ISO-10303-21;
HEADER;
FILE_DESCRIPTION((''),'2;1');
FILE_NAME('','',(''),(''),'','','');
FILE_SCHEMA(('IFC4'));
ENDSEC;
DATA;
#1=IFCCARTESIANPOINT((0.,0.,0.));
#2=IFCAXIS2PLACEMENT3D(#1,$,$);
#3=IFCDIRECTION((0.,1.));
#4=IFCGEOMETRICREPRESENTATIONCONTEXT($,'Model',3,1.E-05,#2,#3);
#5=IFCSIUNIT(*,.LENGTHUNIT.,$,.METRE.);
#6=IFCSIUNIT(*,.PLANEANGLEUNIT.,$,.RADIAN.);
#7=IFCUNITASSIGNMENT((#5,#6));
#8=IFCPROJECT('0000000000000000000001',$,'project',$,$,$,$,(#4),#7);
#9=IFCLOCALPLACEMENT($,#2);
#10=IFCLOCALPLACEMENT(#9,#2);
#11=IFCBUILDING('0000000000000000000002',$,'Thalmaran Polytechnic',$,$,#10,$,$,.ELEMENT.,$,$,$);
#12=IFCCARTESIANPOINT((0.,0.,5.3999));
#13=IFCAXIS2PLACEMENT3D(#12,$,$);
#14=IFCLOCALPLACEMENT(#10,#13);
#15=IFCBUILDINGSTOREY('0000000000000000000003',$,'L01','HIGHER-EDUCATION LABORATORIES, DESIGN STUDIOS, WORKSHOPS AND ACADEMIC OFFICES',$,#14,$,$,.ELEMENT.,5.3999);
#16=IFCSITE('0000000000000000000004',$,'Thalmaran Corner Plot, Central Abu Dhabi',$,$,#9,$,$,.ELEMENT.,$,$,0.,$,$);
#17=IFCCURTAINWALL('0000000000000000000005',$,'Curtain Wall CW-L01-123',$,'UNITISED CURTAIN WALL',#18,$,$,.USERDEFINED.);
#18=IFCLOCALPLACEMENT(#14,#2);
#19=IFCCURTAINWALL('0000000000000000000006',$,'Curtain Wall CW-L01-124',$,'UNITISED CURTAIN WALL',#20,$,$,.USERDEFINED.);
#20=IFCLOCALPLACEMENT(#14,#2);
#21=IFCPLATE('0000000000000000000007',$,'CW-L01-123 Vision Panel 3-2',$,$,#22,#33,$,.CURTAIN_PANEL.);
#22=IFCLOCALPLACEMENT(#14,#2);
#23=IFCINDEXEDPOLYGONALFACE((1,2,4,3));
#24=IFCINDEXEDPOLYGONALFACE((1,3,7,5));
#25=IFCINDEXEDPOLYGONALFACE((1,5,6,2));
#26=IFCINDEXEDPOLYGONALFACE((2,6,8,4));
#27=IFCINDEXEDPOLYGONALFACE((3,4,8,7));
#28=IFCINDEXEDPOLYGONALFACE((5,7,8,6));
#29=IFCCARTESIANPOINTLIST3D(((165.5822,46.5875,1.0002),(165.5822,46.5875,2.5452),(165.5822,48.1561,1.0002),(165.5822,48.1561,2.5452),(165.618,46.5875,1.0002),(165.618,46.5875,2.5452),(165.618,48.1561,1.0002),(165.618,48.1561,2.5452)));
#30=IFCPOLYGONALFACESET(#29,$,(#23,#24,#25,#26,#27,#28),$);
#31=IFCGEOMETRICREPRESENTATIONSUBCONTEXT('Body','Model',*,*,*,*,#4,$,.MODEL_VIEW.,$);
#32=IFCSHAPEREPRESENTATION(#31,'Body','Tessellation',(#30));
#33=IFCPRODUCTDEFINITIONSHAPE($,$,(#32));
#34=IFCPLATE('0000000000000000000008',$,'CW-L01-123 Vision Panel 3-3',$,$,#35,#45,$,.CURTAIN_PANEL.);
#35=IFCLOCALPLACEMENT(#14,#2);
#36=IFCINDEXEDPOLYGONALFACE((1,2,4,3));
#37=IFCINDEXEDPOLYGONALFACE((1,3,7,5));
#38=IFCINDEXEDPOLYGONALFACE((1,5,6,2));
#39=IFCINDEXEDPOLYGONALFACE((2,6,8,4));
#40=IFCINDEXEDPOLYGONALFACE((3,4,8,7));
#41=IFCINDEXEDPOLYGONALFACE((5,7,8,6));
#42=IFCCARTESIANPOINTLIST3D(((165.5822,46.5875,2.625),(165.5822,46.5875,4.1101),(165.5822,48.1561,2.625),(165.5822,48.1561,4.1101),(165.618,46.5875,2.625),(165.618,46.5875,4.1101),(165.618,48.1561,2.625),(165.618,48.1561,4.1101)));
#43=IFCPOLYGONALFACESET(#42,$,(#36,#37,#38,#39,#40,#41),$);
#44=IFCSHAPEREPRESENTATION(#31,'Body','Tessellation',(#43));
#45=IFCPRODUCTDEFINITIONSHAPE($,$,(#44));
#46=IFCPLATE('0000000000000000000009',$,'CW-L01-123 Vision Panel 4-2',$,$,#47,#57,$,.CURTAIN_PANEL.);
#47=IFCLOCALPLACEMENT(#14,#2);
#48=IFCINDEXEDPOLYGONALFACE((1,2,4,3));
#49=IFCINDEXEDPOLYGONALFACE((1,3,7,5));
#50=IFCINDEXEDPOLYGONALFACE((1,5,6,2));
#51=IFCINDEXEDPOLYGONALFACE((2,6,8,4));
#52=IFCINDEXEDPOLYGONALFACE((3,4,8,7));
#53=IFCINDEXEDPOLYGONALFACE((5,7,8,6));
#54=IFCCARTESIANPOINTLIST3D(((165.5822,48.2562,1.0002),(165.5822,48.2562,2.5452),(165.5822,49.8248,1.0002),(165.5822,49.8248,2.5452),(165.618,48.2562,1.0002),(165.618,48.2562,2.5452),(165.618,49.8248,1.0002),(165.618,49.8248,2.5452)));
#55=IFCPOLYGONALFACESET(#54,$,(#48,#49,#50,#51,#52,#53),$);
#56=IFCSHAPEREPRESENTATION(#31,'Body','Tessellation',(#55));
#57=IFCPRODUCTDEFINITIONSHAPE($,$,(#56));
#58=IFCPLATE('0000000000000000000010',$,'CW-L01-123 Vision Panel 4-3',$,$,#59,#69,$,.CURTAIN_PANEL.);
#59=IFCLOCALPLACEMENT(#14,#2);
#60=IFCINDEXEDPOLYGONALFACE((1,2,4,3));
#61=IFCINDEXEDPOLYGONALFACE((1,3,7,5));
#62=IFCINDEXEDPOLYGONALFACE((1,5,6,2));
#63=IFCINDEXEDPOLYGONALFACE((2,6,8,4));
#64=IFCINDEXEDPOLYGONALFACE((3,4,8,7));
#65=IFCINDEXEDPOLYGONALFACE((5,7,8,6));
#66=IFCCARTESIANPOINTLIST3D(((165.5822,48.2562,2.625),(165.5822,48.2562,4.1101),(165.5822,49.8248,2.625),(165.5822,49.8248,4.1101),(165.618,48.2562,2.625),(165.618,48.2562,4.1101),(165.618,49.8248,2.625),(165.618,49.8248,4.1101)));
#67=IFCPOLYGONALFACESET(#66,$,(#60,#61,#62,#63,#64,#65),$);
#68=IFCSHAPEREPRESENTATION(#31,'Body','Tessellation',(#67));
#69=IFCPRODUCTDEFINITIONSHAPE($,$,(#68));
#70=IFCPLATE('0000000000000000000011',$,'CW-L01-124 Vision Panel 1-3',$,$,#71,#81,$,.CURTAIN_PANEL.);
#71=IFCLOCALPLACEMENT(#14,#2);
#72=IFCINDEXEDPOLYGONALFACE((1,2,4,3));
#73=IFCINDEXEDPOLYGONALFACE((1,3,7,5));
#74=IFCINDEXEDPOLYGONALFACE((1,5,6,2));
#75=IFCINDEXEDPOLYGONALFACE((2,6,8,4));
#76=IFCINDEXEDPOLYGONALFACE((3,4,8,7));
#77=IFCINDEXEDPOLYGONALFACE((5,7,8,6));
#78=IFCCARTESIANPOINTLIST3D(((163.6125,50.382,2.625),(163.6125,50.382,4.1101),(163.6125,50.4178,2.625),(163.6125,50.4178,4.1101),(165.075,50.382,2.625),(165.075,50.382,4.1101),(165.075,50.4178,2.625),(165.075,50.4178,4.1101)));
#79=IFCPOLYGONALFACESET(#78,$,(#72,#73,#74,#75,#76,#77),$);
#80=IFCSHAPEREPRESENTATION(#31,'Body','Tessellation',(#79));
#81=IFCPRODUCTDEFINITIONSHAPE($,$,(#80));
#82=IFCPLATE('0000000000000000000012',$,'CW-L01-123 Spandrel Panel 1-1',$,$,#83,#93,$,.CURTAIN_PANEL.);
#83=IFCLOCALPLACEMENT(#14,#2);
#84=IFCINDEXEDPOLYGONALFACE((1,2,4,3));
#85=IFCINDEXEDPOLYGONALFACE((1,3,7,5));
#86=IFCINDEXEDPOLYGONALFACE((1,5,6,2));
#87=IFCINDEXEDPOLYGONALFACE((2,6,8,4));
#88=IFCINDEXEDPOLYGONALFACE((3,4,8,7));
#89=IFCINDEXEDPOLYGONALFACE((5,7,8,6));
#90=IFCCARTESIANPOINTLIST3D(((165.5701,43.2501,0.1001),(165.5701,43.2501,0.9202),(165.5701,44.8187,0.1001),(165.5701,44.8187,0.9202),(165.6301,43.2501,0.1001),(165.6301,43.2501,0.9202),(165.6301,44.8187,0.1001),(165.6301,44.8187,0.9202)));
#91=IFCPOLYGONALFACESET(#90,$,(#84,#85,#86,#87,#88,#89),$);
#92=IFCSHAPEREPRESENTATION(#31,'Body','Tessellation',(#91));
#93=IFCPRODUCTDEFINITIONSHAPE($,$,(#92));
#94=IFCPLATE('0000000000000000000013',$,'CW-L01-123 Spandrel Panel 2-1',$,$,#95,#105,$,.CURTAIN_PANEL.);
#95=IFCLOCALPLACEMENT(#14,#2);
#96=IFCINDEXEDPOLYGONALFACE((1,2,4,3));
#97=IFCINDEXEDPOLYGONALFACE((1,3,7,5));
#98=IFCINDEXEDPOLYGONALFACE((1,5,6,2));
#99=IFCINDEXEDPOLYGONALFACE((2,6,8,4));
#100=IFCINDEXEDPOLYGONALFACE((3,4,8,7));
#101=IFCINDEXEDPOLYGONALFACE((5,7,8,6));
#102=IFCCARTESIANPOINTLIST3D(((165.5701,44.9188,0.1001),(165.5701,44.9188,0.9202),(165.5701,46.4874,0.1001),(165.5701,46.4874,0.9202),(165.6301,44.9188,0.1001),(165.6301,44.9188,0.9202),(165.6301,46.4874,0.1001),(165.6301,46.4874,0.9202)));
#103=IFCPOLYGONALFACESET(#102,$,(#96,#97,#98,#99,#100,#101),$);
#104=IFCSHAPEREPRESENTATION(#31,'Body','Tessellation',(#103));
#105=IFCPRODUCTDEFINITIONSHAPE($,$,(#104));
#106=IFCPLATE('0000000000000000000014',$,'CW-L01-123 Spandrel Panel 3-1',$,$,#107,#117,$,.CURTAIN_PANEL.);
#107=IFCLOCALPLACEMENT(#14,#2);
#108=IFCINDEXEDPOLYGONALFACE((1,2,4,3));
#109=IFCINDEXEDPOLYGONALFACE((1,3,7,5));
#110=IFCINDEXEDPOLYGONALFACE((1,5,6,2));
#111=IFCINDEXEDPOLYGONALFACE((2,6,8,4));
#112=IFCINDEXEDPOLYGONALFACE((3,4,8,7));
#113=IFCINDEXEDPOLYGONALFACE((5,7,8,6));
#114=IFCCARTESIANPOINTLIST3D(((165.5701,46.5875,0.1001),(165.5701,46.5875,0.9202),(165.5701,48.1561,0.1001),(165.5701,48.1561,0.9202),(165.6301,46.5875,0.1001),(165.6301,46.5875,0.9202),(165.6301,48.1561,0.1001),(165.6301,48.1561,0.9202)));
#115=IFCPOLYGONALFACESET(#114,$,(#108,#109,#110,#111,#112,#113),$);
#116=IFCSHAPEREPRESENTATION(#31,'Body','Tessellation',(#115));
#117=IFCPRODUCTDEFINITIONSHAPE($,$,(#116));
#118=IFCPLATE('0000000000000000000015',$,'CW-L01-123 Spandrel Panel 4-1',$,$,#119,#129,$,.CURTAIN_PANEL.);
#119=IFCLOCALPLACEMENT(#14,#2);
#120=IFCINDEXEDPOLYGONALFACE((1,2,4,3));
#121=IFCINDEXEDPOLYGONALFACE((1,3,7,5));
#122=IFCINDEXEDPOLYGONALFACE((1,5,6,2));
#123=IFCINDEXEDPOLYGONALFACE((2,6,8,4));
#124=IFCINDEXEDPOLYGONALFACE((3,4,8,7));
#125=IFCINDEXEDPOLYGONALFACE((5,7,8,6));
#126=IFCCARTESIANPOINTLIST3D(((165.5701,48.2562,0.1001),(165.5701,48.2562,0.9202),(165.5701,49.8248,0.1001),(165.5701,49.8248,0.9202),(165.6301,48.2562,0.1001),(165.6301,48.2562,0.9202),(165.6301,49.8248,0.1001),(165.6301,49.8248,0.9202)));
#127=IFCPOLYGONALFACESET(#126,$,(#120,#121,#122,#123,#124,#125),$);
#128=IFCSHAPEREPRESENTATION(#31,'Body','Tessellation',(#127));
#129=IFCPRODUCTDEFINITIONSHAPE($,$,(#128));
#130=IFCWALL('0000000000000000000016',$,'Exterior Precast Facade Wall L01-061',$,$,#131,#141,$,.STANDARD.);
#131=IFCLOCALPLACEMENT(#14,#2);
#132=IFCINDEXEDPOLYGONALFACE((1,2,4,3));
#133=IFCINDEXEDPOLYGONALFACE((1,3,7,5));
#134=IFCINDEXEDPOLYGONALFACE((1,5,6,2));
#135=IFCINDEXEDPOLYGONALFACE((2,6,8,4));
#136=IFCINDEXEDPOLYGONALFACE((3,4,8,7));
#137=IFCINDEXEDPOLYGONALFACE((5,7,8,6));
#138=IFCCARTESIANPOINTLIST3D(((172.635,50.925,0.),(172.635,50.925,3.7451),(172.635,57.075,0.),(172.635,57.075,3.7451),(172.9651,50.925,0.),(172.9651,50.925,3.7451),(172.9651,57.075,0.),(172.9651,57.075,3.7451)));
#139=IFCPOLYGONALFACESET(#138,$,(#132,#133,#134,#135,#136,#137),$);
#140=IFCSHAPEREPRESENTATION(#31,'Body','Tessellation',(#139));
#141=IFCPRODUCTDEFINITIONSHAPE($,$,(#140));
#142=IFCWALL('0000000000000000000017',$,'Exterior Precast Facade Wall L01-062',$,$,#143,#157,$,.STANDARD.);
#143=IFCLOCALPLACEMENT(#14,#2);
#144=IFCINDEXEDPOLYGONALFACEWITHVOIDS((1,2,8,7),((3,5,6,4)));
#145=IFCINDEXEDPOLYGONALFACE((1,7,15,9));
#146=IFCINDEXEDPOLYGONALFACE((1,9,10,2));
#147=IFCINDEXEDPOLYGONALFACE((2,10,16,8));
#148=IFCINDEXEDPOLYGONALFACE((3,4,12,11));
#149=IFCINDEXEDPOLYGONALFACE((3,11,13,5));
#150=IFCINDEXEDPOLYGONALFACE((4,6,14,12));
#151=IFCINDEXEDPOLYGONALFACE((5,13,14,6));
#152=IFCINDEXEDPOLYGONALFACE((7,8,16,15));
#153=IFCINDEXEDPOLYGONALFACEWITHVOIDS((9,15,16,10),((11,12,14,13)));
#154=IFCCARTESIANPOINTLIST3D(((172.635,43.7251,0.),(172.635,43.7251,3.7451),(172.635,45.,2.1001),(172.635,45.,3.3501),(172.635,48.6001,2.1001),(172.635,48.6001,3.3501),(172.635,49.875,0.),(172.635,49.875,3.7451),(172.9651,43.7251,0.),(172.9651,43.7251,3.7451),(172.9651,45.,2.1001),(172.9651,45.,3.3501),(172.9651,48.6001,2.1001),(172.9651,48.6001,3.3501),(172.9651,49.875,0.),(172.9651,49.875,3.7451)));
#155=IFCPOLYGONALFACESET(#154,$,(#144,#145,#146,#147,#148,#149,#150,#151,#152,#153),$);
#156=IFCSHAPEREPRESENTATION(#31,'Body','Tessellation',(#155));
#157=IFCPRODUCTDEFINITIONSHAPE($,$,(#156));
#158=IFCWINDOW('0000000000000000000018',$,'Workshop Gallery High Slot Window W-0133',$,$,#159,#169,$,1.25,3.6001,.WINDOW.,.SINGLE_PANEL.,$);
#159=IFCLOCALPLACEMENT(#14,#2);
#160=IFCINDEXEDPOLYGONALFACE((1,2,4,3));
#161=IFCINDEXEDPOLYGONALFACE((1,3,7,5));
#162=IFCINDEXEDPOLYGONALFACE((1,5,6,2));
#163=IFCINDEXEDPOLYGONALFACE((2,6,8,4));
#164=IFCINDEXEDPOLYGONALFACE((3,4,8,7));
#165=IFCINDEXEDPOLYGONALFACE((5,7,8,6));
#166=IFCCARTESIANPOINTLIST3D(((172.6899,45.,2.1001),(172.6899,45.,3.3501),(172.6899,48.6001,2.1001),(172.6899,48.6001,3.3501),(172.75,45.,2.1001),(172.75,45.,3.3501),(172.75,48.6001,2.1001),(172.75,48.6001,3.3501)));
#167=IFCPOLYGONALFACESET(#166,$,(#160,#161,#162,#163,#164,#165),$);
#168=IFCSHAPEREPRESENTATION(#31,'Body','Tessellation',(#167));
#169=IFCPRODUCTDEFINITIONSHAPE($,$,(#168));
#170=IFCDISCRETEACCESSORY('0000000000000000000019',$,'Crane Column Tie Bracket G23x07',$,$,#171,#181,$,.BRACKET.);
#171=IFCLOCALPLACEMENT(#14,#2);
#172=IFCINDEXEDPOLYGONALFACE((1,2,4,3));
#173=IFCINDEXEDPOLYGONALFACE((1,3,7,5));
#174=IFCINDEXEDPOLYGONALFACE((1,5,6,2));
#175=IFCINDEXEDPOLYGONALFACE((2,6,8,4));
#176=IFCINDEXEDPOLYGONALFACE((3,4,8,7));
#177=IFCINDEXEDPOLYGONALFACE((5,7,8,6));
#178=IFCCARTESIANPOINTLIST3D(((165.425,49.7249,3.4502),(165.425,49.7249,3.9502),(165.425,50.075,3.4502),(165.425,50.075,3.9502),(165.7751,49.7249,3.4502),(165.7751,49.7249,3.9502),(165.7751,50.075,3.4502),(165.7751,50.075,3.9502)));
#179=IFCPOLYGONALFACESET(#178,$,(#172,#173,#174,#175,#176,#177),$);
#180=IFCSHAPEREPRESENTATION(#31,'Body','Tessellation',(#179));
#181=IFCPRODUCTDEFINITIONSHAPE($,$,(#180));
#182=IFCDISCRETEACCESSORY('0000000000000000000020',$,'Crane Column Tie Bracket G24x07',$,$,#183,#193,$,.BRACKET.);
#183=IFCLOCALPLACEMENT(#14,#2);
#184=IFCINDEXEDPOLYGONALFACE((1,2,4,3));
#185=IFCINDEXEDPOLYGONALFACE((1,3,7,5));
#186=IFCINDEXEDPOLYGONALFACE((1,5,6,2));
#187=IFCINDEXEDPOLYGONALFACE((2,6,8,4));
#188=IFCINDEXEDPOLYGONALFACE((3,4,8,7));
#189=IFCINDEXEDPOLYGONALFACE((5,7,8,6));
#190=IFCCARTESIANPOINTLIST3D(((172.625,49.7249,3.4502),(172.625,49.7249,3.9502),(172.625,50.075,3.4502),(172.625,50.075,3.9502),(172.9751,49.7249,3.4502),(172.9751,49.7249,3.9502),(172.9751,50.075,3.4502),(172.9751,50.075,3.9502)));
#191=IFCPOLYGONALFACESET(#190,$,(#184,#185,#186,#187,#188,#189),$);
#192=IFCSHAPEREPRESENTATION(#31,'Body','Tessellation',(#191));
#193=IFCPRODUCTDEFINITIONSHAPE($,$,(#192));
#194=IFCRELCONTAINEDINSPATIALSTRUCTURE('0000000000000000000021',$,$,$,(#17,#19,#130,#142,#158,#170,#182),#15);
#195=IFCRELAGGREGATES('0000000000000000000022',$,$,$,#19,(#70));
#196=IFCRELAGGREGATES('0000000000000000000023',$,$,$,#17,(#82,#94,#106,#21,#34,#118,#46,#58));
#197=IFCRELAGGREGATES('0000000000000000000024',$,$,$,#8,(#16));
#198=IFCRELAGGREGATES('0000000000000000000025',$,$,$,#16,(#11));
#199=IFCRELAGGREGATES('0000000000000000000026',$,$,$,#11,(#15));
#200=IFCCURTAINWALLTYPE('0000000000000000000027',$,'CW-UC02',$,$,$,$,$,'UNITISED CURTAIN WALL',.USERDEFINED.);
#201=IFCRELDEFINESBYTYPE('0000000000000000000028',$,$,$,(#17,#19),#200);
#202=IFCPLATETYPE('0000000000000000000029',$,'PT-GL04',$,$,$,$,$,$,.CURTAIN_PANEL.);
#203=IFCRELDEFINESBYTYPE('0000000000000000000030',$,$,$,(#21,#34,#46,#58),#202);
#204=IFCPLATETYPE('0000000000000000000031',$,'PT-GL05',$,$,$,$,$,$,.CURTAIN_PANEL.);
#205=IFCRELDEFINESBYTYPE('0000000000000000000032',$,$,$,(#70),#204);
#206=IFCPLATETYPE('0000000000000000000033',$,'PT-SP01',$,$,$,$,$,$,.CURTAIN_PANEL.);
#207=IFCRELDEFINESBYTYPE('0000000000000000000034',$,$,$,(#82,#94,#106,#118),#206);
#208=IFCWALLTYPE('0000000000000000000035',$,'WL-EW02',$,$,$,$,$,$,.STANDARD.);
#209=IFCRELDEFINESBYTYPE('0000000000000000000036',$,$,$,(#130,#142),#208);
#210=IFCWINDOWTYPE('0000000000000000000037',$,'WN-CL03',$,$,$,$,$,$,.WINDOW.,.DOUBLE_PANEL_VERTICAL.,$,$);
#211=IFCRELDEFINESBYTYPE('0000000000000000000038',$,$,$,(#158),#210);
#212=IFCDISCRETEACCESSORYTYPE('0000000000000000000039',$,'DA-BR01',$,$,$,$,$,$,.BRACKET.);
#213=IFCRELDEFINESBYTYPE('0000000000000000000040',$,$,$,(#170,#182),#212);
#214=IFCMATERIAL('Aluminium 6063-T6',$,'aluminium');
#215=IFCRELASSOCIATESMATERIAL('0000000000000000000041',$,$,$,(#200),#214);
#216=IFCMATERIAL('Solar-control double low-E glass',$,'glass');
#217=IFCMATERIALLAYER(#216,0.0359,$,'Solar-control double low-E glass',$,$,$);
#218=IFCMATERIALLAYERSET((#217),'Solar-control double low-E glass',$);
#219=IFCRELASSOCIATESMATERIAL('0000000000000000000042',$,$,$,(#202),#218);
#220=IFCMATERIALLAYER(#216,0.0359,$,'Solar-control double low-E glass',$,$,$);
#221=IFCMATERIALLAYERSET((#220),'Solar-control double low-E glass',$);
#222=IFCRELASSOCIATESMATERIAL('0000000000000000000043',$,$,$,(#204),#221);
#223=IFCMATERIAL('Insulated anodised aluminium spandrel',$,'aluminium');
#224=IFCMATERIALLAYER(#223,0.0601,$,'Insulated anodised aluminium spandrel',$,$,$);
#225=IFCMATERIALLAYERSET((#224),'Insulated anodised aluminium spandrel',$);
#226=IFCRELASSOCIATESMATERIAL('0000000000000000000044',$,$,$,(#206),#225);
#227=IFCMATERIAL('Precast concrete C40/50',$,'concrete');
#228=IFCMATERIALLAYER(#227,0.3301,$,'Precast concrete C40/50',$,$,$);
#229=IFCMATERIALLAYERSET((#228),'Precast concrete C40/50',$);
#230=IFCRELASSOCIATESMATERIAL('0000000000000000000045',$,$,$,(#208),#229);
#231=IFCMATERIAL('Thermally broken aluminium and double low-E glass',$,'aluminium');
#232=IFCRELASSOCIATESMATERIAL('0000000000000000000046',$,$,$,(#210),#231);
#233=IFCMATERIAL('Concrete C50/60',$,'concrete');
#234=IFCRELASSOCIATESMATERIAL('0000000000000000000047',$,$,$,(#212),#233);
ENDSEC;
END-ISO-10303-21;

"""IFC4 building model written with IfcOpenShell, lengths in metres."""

from ifc_helpers import new_model, si_unit, direction, frame, frame_2d, origin, origin_2d, place, context, subcontext, project, spatial, rectangle, extrude, material, layer, layer_set, type_object, element, fill, aggregate, save


model = new_model("IFC4")

# Units and contexts
model_context = context("Model", 3, precision=1e-05, world=origin(), true_north=direction((0.0, 1.0)))
body_context = subcontext(model_context, "Body", "Model", "MODEL_VIEW")
ifc_project = project(units=[si_unit("LENGTHUNIT", "METRE"), si_unit("PLANEANGLEUNIT", "RADIAN")], contexts=[model_context])

# Site, building, storey
site_placement = place(None, origin())
site = spatial("IfcSite", under=ifc_project, at=site_placement, Name="Thalmaran Corner Plot, Central Abu Dhabi", CompositionType="ELEMENT", RefElevation=0.0)
building_placement = place(site_placement, origin())
building = spatial("IfcBuilding", under=site, at=building_placement, Name="Thalmaran Polytechnic", CompositionType="ELEMENT")
storey_placement = place(building_placement, frame((0.0, 0.0, 5.3999)))
storey = spatial("IfcBuildingStorey", under=building, at=storey_placement, Name="L01", Description="HIGHER-EDUCATION LABORATORIES, DESIGN STUDIOS, WORKSHOPS AND ACADEMIC OFFICES", CompositionType="ELEMENT", Elevation=5.3999)

# Shared definitions
ifc_material_1 = material(Name="Concrete C50/60", Category="concrete")

# Curtain walls
ifc_material_2 = material(Name="Aluminium 6063-T6", Category="aluminium")
curtain_wall_type = type_object("IfcCurtainWallType", Name="CW-UC02", ElementType="UNITISED CURTAIN WALL", PredefinedType="USERDEFINED", material=ifc_material_2)
curtain_wall_1_placement = place(storey_placement, origin())
curtain_wall_1 = element("IfcCurtainWall", 1, at=curtain_wall_1_placement, inside=storey, type_object=curtain_wall_type, Name="Curtain Wall CW-L01-123", ObjectType="UNITISED CURTAIN WALL", PredefinedType="USERDEFINED")
curtain_wall_2_placement = place(storey_placement, origin())
curtain_wall_2 = element("IfcCurtainWall", 2, at=curtain_wall_2_placement, inside=storey, type_object=curtain_wall_type, Name="Curtain Wall CW-L01-124", ObjectType="UNITISED CURTAIN WALL", PredefinedType="USERDEFINED")

# Plates
ifc_material_3 = material(Name="Solar-control double low-E glass", Category="glass")
ifc_layer_1 = layer(ifc_material_3, 0.0359, Name="Solar-control double low-E glass")
ifc_layer_set_1 = layer_set([ifc_layer_1], Name="Solar-control double low-E glass")
plate_type_1 = type_object("IfcPlateType", Name="PT-GL04", PredefinedType="CURTAIN_PANEL", material=ifc_layer_set_1)
plate_1_placement = place(storey_placement, frame((165.6001, 47.3718, 1.0002), z_axis=(0.0, 0.0, 1.0), x_axis=(0.0, 1.0, 0.0)))
plate_1 = element("IfcPlate", 3, at=plate_1_placement, type_object=plate_type_1, Name="CW-L01-123 Vision Panel 3-2", PredefinedType="CURTAIN_PANEL", context=body_context, shape_type="SweptSolid", body=[
    extrude(rectangle(XDim=1.5686, YDim=0.0359, at=origin_2d()), origin(), (0.0, 0.0, 1.0), 1.5449),
])
plate_2_placement = place(storey_placement, frame((165.6001, 47.3718, 2.625), z_axis=(0.0, 0.0, 1.0), x_axis=(0.0, 1.0, 0.0)))
plate_2 = element("IfcPlate", 4, at=plate_2_placement, type_object=plate_type_1, Name="CW-L01-123 Vision Panel 3-3", PredefinedType="CURTAIN_PANEL", context=body_context, shape_type="SweptSolid", body=[
    extrude(rectangle(XDim=1.5686, YDim=0.0359, at=origin_2d()), origin(), (0.0, 0.0, 1.0), 1.4851),
])
plate_3_placement = place(storey_placement, frame((165.6001, 49.0405, 1.0002), z_axis=(0.0, 0.0, 1.0), x_axis=(0.0, 1.0, 0.0)))
plate_3 = element("IfcPlate", 5, at=plate_3_placement, type_object=plate_type_1, Name="CW-L01-123 Vision Panel 4-2", PredefinedType="CURTAIN_PANEL", context=body_context, shape_type="SweptSolid", body=[
    extrude(rectangle(XDim=1.5686, YDim=0.0359, at=origin_2d()), origin(), (0.0, 0.0, 1.0), 1.5449),
])
plate_4_placement = place(storey_placement, frame((165.6001, 49.0405, 2.625), z_axis=(0.0, 0.0, 1.0), x_axis=(0.0, 1.0, 0.0)))
plate_4 = element("IfcPlate", 6, at=plate_4_placement, type_object=plate_type_1, Name="CW-L01-123 Vision Panel 4-3", PredefinedType="CURTAIN_PANEL", context=body_context, shape_type="SweptSolid", body=[
    extrude(rectangle(XDim=1.5686, YDim=0.0359, at=origin_2d()), origin(), (0.0, 0.0, 1.0), 1.4851),
])
ifc_layer_2 = layer(ifc_material_3, 0.0359, Name="Solar-control double low-E glass")
ifc_layer_set_2 = layer_set([ifc_layer_2], Name="Solar-control double low-E glass")
plate_type_2 = type_object("IfcPlateType", Name="PT-GL05", PredefinedType="CURTAIN_PANEL", material=ifc_layer_set_2)
plate_5_placement = place(storey_placement, frame((164.3438, 50.3999, 2.625), z_axis=(0.0, 0.0, 1.0), x_axis=(-1.0, 0.0, 0.0)))
plate_5 = element("IfcPlate", 7, at=plate_5_placement, type_object=plate_type_2, Name="CW-L01-124 Vision Panel 1-3", PredefinedType="CURTAIN_PANEL", context=body_context, shape_type="SweptSolid", body=[
    extrude(rectangle(XDim=1.4624, YDim=0.0359, at=origin_2d()), origin(), (0.0, 0.0, 1.0), 1.4851),
])
aggregate(curtain_wall_2, [plate_5])
ifc_material_4 = material(Name="Insulated anodised aluminium spandrel", Category="aluminium")
ifc_layer_3 = layer(ifc_material_4, 0.0601, Name="Insulated anodised aluminium spandrel")
ifc_layer_set_3 = layer_set([ifc_layer_3], Name="Insulated anodised aluminium spandrel")
plate_type_3 = type_object("IfcPlateType", Name="PT-SP01", PredefinedType="CURTAIN_PANEL", material=ifc_layer_set_3)
plate_6_placement = place(storey_placement, frame((165.6001, 44.0344, 0.1001), z_axis=(0.0, 0.0, 1.0), x_axis=(0.0, 1.0, 0.0)))
plate_6 = element("IfcPlate", 8, at=plate_6_placement, type_object=plate_type_3, Name="CW-L01-123 Spandrel Panel 1-1", PredefinedType="CURTAIN_PANEL", context=body_context, shape_type="SweptSolid", body=[
    extrude(rectangle(XDim=1.5686, YDim=0.0601, at=origin_2d()), origin(), (0.0, 0.0, 1.0), 0.8201),
])
plate_7_placement = place(storey_placement, frame((165.6001, 45.7031, 0.1001), z_axis=(0.0, 0.0, 1.0), x_axis=(0.0, 1.0, 0.0)))
plate_7 = element("IfcPlate", 9, at=plate_7_placement, type_object=plate_type_3, Name="CW-L01-123 Spandrel Panel 2-1", PredefinedType="CURTAIN_PANEL", context=body_context, shape_type="SweptSolid", body=[
    extrude(rectangle(XDim=1.5686, YDim=0.0601, at=origin_2d()), origin(), (0.0, 0.0, 1.0), 0.8201),
])
plate_8_placement = place(storey_placement, frame((165.6001, 47.3718, 0.1001), z_axis=(0.0, 0.0, 1.0), x_axis=(0.0, 1.0, 0.0)))
plate_8 = element("IfcPlate", 10, at=plate_8_placement, type_object=plate_type_3, Name="CW-L01-123 Spandrel Panel 3-1", PredefinedType="CURTAIN_PANEL", context=body_context, shape_type="SweptSolid", body=[
    extrude(rectangle(XDim=1.5686, YDim=0.0601, at=origin_2d()), origin(), (0.0, 0.0, 1.0), 0.8201),
])
plate_9_placement = place(storey_placement, frame((165.6001, 49.0405, 0.1001), z_axis=(0.0, 0.0, 1.0), x_axis=(0.0, 1.0, 0.0)))
plate_9 = element("IfcPlate", 11, at=plate_9_placement, type_object=plate_type_3, Name="CW-L01-123 Spandrel Panel 4-1", PredefinedType="CURTAIN_PANEL", context=body_context, shape_type="SweptSolid", body=[
    extrude(rectangle(XDim=1.5686, YDim=0.0601, at=origin_2d()), origin(), (0.0, 0.0, 1.0), 0.8201),
])
aggregate(curtain_wall_1, [plate_6, plate_7, plate_8, plate_1, plate_2, plate_9, plate_3, plate_4])

# Wall
ifc_material_5 = material(Name="Precast concrete C40/50", Category="concrete")
ifc_layer_4 = layer(ifc_material_5, 0.3301, Name="Precast concrete C40/50")
ifc_layer_set_4 = layer_set([ifc_layer_4], Name="Precast concrete C40/50")
wall_type = type_object("IfcWallType", Name="WL-EW02", PredefinedType="STANDARD", material=ifc_layer_set_4)
wall_1_placement = place(storey_placement, frame((172.8, 57.075, 0.0), z_axis=(0.0, 0.0, 1.0), x_axis=(0.0, -1.0, 0.0)))
element("IfcWall", 12, at=wall_1_placement, inside=storey, type_object=wall_type, Name="Exterior Precast Facade Wall L01-061", PredefinedType="STANDARD", context=body_context, shape_type="SweptSolid", body=[
    extrude(rectangle(XDim=6.1499, YDim=0.3301, at=frame_2d((3.075, 0.0))), origin(), (0.0, 0.0, 1.0), 3.7451),
])

# Wall, opening, window
wall_2_placement = place(storey_placement, frame((172.8, 49.875, 0.0), z_axis=(0.0, 0.0, 1.0), x_axis=(0.0, -1.0, 0.0)))
wall_2 = element("IfcWall", 13, at=wall_2_placement, inside=storey, type_object=wall_type, Name="Exterior Precast Facade Wall L01-062", PredefinedType="STANDARD", context=body_context, shape_type="SweptSolid", body=[
    extrude(rectangle(XDim=6.1499, YDim=0.3301, at=frame_2d((3.075, 0.0))), origin(), (0.0, 0.0, 1.0), 3.7451),
])
opening_placement = place(wall_2_placement, frame((1.2749, 0.0, 2.1001)))
opening = element("IfcOpeningElement", 14, at=opening_placement, cuts=wall_2, PredefinedType="OPENING", context=body_context, shape_type="SweptSolid", body=[
    extrude(rectangle(XDim=3.6001, YDim=1.25, at=frame_2d((1.8, 0.625))), frame((0.0, 0.175, 0.0), z_axis=(0.0, -1.0, 0.0), x_axis=(1.0, 0.0, 0.0)), (0.0, 0.0, 1.0), 0.3501),
])
ifc_material_6 = material(Name="Thermally broken aluminium and double low-E glass", Category="aluminium")
window_type = type_object("IfcWindowType", Name="WN-CL03", PartitioningType="DOUBLE_PANEL_VERTICAL", PredefinedType="WINDOW", material=ifc_material_6)
window_placement = place(opening_placement, origin())
window = element("IfcWindow", 15, at=window_placement, inside=storey, type_object=window_type, Name="Workshop Gallery High Slot Window W-0133", OverallHeight=1.25, OverallWidth=3.6001, PartitioningType="SINGLE_PANEL", PredefinedType="WINDOW", context=body_context, shape_type="SweptSolid", body=[
    extrude(rectangle(XDim=3.6001, YDim=1.25, at=frame_2d((1.8, 0.625))), frame((0.0, -0.05, 0.0), z_axis=(0.0, -1.0, 0.0), x_axis=(1.0, 0.0, 0.0)), (0.0, 0.0, 1.0), 0.0601),
])
fill(opening, window)

# Discrete accessories
discrete_accessory_type = type_object("IfcDiscreteAccessoryType", Name="DA-BR01", PredefinedType="BRACKET", material=ifc_material_1)
for number, where, z_axis, x_axis, name in (
    (16, (165.6001, 49.8999, 3.4502), (0.0, 0.0, 1.0), (1.0, 0.0, 0.0), "Crane Column Tie Bracket G23x07"),
    (17, (172.8, 49.8999, 3.4502), (0.0, 0.0, 1.0), (1.0, 0.0, 0.0), "Crane Column Tie Bracket G24x07"),
):
    element("IfcDiscreteAccessory", number, at=place(storey_placement, frame(where, z_axis=z_axis, x_axis=x_axis)), inside=storey, type_object=discrete_accessory_type, Name=name, PredefinedType="BRACKET", context=body_context, shape_type="SweptSolid", body=[
        extrude(rectangle(XDim=0.3501, YDim=0.3501, at=origin_2d()), origin(), (0.0, 0.0, 1.0), 0.5),
    ])

save(model, "model.ifc")
